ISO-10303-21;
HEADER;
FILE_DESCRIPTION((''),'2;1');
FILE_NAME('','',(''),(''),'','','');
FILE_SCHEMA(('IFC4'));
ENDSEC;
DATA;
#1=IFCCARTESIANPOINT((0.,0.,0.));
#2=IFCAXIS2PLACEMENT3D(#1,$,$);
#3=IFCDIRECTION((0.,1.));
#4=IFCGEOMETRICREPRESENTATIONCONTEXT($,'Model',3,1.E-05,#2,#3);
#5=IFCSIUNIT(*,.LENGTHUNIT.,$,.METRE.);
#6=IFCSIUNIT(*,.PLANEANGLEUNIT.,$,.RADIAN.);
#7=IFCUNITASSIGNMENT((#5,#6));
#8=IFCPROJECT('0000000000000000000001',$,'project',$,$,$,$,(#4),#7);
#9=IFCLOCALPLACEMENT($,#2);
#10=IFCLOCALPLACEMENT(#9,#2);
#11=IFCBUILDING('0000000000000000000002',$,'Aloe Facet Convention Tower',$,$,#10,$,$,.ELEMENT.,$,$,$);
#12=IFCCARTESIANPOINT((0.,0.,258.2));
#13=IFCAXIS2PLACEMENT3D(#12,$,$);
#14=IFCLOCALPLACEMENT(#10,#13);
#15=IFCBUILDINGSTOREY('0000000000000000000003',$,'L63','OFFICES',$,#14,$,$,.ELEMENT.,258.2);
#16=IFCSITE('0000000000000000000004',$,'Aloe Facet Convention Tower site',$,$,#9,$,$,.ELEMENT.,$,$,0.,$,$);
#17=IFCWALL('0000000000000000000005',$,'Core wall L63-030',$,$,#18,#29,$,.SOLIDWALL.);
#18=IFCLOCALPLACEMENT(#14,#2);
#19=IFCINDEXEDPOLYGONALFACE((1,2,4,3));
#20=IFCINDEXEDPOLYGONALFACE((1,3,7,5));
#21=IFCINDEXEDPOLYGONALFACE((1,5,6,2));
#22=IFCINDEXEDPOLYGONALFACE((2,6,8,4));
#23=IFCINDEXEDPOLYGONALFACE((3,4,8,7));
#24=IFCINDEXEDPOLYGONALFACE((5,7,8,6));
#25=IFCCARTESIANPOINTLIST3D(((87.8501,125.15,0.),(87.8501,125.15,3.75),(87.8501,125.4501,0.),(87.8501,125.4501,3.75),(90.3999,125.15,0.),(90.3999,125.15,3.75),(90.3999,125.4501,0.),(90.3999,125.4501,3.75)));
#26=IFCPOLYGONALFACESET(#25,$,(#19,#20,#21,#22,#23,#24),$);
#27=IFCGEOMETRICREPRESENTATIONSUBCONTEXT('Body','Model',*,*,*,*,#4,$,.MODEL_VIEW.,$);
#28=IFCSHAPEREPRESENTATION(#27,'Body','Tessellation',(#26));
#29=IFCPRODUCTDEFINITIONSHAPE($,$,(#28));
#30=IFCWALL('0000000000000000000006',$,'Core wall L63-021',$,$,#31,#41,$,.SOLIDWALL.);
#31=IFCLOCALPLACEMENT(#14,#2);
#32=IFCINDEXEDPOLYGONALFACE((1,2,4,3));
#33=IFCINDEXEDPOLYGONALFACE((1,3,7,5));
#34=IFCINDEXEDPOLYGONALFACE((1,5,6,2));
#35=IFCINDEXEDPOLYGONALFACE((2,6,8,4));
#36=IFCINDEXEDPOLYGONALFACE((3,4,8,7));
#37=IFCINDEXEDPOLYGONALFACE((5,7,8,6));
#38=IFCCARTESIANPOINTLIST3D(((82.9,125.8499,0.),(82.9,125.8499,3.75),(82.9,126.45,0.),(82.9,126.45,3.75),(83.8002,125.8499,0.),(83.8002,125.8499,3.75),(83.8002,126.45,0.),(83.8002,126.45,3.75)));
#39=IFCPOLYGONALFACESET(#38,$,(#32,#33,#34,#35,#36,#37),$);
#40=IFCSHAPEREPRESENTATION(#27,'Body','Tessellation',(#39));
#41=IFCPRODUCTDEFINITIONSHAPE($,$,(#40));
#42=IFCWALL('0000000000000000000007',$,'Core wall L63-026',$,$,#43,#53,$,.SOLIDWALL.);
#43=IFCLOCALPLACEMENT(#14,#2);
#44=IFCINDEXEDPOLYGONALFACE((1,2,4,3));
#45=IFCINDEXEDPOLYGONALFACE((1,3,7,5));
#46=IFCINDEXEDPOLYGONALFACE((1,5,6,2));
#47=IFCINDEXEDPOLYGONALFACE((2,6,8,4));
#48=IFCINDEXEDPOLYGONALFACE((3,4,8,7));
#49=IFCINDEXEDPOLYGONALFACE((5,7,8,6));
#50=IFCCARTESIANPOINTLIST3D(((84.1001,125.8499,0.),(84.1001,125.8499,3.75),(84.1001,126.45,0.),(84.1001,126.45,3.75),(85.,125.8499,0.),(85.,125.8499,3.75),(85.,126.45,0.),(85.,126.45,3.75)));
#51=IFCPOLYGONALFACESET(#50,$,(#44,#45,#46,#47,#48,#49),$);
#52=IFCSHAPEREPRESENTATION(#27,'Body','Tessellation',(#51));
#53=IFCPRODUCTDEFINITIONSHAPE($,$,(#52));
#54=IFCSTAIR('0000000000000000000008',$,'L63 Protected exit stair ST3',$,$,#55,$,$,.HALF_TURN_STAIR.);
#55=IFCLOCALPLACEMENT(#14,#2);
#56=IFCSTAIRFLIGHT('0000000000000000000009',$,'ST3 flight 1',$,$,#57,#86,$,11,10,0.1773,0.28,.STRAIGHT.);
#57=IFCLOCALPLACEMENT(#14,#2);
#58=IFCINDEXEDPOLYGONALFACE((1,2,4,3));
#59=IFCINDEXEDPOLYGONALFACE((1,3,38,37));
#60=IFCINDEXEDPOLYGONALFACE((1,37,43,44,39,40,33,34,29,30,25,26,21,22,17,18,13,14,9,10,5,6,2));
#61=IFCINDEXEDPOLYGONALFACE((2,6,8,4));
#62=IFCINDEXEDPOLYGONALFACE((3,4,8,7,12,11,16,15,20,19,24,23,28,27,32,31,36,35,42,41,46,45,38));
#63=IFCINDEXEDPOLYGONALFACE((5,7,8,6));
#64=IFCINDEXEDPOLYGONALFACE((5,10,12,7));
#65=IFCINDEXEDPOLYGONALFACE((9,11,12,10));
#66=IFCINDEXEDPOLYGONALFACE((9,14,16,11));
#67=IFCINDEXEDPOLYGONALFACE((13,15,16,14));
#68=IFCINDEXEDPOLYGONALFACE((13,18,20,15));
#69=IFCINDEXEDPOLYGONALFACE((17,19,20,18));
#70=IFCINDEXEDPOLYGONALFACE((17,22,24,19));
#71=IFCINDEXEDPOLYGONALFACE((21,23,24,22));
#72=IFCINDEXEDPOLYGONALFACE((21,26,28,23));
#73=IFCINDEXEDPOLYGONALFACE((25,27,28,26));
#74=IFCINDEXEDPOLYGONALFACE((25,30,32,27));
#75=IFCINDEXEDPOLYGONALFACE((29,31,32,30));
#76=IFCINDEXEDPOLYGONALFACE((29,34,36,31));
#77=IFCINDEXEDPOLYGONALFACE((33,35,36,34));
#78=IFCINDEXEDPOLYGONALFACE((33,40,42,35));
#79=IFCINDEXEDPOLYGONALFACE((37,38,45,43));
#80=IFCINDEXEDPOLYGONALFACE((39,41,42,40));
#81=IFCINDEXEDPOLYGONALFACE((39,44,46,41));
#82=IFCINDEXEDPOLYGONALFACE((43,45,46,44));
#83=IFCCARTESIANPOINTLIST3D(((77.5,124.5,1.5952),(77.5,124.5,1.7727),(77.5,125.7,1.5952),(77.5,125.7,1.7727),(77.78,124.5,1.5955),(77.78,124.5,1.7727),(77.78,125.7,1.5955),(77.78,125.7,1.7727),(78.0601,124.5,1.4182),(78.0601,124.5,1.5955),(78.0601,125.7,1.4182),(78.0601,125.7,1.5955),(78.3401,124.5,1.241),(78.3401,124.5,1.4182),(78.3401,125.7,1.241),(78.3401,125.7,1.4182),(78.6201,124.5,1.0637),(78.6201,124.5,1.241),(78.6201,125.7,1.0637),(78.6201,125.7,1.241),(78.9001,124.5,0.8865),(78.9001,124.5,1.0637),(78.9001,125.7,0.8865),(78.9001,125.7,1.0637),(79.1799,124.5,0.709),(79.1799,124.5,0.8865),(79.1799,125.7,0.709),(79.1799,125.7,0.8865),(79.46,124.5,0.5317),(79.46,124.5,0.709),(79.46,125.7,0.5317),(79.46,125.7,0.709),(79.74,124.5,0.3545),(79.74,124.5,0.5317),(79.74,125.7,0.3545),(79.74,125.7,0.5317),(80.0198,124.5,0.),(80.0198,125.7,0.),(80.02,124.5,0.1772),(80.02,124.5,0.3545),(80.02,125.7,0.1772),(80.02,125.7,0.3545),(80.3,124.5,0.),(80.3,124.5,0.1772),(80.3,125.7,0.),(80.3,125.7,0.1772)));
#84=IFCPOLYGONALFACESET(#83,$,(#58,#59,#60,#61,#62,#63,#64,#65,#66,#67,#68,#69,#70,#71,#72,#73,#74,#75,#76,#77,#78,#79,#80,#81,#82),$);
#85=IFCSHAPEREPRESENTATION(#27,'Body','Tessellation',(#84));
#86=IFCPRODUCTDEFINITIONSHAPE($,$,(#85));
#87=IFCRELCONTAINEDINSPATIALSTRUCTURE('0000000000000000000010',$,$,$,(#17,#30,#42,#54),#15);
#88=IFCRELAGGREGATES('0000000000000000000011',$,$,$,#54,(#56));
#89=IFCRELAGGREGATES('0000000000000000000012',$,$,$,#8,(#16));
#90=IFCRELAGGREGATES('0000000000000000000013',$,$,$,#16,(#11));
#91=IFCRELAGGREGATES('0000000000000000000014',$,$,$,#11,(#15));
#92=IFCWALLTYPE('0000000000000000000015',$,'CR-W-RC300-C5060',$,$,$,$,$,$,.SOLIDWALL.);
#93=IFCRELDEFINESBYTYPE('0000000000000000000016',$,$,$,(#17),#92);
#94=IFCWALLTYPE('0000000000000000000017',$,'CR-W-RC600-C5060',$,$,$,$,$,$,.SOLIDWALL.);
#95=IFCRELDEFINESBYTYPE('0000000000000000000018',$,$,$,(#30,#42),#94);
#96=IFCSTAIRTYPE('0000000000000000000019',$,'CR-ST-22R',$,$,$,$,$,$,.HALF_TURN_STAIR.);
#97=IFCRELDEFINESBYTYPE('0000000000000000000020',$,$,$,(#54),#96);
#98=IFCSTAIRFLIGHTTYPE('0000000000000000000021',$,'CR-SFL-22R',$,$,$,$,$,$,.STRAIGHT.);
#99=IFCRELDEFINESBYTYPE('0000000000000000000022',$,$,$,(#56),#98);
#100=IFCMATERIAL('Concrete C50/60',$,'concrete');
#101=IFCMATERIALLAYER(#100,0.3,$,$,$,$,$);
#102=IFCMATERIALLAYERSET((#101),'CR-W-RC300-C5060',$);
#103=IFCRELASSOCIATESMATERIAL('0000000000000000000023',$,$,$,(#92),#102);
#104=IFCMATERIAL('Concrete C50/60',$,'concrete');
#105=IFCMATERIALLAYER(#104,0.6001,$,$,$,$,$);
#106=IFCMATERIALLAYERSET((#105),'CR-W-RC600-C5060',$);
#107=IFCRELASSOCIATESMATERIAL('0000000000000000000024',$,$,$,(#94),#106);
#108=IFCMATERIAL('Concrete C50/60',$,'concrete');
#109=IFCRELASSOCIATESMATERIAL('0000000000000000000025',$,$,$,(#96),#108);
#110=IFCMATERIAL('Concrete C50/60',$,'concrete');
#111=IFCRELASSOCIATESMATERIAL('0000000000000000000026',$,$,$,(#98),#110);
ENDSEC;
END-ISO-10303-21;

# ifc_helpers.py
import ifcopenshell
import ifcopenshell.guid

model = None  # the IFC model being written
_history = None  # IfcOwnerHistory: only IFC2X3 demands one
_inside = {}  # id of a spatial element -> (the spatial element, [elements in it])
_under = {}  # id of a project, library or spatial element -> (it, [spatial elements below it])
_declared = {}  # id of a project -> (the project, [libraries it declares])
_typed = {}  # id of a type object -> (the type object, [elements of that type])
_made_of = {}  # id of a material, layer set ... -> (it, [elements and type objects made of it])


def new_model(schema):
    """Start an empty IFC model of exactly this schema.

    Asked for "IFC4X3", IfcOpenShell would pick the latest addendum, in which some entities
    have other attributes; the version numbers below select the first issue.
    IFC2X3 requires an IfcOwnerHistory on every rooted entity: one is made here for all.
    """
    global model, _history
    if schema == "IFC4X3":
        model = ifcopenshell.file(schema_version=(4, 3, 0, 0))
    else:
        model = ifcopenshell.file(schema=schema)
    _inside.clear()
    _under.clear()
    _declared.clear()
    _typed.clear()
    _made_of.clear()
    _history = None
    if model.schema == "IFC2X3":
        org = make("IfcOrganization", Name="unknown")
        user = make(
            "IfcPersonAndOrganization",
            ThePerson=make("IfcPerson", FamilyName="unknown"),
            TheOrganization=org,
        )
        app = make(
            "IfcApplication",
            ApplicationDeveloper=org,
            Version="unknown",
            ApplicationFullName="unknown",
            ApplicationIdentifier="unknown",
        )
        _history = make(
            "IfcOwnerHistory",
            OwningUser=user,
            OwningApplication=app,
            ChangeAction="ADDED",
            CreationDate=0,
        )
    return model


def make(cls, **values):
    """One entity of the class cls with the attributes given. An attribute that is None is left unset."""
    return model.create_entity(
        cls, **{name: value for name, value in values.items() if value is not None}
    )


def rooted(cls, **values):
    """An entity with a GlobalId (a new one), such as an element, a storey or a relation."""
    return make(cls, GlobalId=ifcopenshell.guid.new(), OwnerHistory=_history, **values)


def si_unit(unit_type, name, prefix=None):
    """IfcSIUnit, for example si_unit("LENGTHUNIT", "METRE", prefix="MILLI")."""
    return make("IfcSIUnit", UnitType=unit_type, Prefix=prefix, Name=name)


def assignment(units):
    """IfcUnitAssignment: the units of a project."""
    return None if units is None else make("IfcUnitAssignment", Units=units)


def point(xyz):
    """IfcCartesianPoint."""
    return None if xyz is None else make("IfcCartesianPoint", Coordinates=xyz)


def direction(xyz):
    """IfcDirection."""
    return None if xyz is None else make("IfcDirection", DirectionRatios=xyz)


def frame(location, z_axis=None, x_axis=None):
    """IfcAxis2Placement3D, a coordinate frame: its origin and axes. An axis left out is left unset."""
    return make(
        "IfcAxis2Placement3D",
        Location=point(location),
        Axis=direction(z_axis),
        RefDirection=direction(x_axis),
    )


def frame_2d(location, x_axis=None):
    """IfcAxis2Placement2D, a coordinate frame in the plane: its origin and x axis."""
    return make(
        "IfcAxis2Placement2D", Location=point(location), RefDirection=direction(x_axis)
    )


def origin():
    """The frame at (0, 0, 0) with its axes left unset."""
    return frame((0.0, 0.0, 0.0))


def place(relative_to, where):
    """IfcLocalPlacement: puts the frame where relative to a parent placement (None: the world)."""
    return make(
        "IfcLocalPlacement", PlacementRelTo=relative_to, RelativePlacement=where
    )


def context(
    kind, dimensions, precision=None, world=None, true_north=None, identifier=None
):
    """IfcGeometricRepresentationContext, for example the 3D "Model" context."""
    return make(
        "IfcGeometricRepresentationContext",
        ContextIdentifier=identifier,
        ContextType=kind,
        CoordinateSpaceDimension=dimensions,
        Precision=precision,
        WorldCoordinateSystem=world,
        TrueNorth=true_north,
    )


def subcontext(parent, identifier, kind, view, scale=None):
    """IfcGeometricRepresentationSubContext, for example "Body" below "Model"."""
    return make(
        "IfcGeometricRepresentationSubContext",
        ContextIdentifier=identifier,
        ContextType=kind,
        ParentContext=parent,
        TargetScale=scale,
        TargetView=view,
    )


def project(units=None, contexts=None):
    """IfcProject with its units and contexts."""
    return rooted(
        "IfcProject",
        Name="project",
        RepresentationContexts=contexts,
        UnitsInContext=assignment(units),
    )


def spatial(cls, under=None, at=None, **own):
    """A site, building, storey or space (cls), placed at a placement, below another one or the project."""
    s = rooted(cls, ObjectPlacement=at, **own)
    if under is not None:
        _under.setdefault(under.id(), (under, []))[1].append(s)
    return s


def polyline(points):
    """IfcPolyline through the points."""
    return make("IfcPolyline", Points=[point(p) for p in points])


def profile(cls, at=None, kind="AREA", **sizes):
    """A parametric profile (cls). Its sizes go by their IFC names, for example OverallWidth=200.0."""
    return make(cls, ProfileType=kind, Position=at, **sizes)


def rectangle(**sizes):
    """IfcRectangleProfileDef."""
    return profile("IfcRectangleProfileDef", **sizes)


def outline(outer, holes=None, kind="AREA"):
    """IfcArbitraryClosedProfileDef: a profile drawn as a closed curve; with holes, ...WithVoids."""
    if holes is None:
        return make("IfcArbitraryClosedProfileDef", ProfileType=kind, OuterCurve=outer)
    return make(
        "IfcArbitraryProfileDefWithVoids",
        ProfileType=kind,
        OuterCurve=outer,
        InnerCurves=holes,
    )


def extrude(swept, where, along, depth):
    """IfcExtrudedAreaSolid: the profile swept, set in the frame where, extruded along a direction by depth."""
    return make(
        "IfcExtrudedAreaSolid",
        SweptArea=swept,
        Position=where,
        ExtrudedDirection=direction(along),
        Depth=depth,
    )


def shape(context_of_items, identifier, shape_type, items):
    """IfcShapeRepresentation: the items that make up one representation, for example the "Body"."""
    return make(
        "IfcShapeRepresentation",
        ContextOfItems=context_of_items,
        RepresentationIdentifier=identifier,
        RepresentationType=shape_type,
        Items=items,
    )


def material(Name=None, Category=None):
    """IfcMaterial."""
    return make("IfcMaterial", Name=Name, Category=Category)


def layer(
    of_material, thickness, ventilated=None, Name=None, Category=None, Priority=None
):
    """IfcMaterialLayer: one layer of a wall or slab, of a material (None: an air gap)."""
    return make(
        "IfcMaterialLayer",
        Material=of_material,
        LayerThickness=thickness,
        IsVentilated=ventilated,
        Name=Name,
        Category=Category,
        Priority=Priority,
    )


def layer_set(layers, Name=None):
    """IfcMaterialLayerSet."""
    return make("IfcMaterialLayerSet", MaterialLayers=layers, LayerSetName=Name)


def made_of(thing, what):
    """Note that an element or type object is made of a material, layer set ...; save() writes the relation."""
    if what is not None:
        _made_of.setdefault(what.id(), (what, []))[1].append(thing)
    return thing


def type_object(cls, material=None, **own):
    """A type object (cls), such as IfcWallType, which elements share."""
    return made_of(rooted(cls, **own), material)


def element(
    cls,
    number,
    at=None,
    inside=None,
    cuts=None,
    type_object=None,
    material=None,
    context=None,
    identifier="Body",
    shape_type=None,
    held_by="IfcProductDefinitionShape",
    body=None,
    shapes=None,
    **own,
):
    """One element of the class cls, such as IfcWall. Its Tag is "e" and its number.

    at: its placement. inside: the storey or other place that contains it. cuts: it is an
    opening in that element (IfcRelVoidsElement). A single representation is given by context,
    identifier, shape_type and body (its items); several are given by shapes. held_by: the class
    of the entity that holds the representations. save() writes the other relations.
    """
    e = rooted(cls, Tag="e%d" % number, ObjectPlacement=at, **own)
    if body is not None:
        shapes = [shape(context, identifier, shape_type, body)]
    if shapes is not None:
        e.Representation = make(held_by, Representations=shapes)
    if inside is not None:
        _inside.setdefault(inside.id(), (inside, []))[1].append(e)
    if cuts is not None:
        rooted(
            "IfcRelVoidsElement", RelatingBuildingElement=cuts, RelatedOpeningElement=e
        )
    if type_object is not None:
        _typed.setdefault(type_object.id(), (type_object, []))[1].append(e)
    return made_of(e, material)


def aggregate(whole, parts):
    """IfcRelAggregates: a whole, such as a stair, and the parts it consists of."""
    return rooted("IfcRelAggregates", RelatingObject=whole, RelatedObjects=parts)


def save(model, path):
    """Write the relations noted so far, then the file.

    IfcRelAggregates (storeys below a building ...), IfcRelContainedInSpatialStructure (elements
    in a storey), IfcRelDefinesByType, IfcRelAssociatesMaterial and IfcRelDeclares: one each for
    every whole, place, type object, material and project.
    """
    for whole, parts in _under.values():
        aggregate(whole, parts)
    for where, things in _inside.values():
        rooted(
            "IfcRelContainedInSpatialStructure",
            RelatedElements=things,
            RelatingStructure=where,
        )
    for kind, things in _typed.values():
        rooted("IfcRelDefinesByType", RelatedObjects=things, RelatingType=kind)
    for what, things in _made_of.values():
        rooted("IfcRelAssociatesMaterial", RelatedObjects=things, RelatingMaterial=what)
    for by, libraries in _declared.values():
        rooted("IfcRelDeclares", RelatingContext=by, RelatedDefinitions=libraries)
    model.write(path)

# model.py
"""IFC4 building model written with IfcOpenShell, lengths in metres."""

from ifc_helpers import new_model, si_unit, direction, frame, frame_2d, origin, place, context, subcontext, project, spatial, polyline, rectangle, outline, extrude, material, layer, layer_set, type_object, element, aggregate, save


model = new_model("IFC4")

# Units and contexts
model_context = context("Model", 3, precision=1e-05, world=origin(), true_north=direction((0.0, 1.0)))
body_context = subcontext(model_context, "Body", "Model", "MODEL_VIEW")
ifc_project = project(units=[si_unit("LENGTHUNIT", "METRE"), si_unit("PLANEANGLEUNIT", "RADIAN")], contexts=[model_context])

# Site, building, storey
site_placement = place(None, origin())
site = spatial("IfcSite", under=ifc_project, at=site_placement, Name="Aloe Facet Convention Tower site", CompositionType="ELEMENT", RefElevation=0.0)
building_placement = place(site_placement, origin())
building = spatial("IfcBuilding", under=site, at=building_placement, Name="Aloe Facet Convention Tower", CompositionType="ELEMENT")
storey_placement = place(building_placement, frame((0.0, 0.0, 258.2)))
storey = spatial("IfcBuildingStorey", under=building, at=storey_placement, Name="L63", Description="OFFICES", CompositionType="ELEMENT", Elevation=258.2)

# Shared definitions
ifc_material_1 = material(Name="Concrete C50/60", Category="concrete")
ifc_layer_1 = layer(ifc_material_1, 0.3)
ifc_layer_set_1 = layer_set([ifc_layer_1], Name="CR-W-RC300-C5060")
wall_type_1 = type_object("IfcWallType", Name="CR-W-RC300-C5060", PredefinedType="SOLIDWALL", material=ifc_layer_set_1)

# Walls
for number, where, z_axis, x_axis, name in (
    (1, (87.8501, 125.3, 0.0), (0.0, 0.0, 1.0), (1.0, 0.0, 0.0), "Core wall L63-030"),
):
    element("IfcWall", number, at=place(storey_placement, frame(where, z_axis=z_axis, x_axis=x_axis)), inside=storey, type_object=wall_type_1, Name=name, PredefinedType="SOLIDWALL", context=body_context, shape_type="SweptSolid", body=[
        extrude(rectangle(XDim=2.5498, YDim=0.3, at=frame_2d((1.2749, 0.0))), origin(), (0.0, 0.0, 1.0), 3.75),
    ])
ifc_material_2 = material(Name="Concrete C50/60", Category="concrete")
ifc_layer_2 = layer(ifc_material_2, 0.6001)
ifc_layer_set_2 = layer_set([ifc_layer_2], Name="CR-W-RC600-C5060")
wall_type_2 = type_object("IfcWallType", Name="CR-W-RC600-C5060", PredefinedType="SOLIDWALL", material=ifc_layer_set_2)
wall_1_placement = place(storey_placement, frame((82.8999, 126.1499, 0.0), z_axis=(0.0, 0.0, 1.0), x_axis=(1.0, 0.0, 0.0)))
element("IfcWall", 2, at=wall_1_placement, inside=storey, type_object=wall_type_2, Name="Core wall L63-021", PredefinedType="SOLIDWALL", context=body_context, shape_type="SweptSolid", body=[
    extrude(rectangle(XDim=0.9001, YDim=0.6001, at=frame_2d((0.4502, 0.0))), origin(), (0.0, 0.0, 1.0), 3.75),
])
wall_2_placement = place(storey_placement, frame((84.1001, 126.1499, 0.0), z_axis=(0.0, 0.0, 1.0), x_axis=(1.0, 0.0, 0.0)))
element("IfcWall", 3, at=wall_2_placement, inside=storey, type_object=wall_type_2, Name="Core wall L63-026", PredefinedType="SOLIDWALL", context=body_context, shape_type="SweptSolid", body=[
    extrude(rectangle(XDim=0.8999, YDim=0.6001, at=frame_2d((0.45, 0.0))), origin(), (0.0, 0.0, 1.0), 3.75),
])

# Stair, stair flight
ifc_material_3 = material(Name="Concrete C50/60", Category="concrete")
stair_type = type_object("IfcStairType", Name="CR-ST-22R", PredefinedType="HALF_TURN_STAIR", material=ifc_material_3)
stair_placement = place(storey_placement, origin())
stair = element("IfcStair", 4, at=stair_placement, inside=storey, type_object=stair_type, Name="L63 Protected exit stair ST3", PredefinedType="HALF_TURN_STAIR")
ifc_material_4 = material(Name="Concrete C50/60", Category="concrete")
stair_flight_type = type_object("IfcStairFlightType", Name="CR-SFL-22R", PredefinedType="STRAIGHT", material=ifc_material_4)
stair_flight_placement = place(storey_placement, frame((80.3, 125.1001, 0.0), z_axis=(0.0, 0.0, 1.0), x_axis=(-1.0, 0.0, 0.0)))
stair_flight = element("IfcStairFlight", 5, at=stair_flight_placement, type_object=stair_flight_type, Name="ST3 flight 1", NumberOfRisers=11, NumberOfTreads=10, PredefinedType="STRAIGHT", RiserHeight=0.1773, TreadLength=0.28, context=body_context, shape_type="SweptSolid", body=[
    extrude(outline(polyline([(0.0, 0.0), (0.0, 0.1772), (0.28, 0.1772), (0.28, 0.3545), (0.5601, 0.3545), (0.5601, 0.5317), (0.8401, 0.5317), (0.8401, 0.709), (1.1201, 0.709), (1.1201, 0.8865), (1.3999, 0.8865), (1.3999, 1.0637), (1.6799, 1.0637), (1.6799, 1.241), (1.96, 1.241), (1.96, 1.4182), (2.24, 1.4182), (2.24, 1.5955), (2.52, 1.5955), (2.52, 1.7727), (2.8, 1.7727), (2.8, 1.95), (2.8, 1.5952), (0.2803, 0.0), (0.0, 0.0)])), frame((0.0, 0.6001, 0.0), z_axis=(0.0, -1.0, 0.0), x_axis=(1.0, 0.0, 0.0)), (0.0, 0.0, 1.0), 1.2),
])
aggregate(stair, [stair_flight])

save(model, "model.ifc")
